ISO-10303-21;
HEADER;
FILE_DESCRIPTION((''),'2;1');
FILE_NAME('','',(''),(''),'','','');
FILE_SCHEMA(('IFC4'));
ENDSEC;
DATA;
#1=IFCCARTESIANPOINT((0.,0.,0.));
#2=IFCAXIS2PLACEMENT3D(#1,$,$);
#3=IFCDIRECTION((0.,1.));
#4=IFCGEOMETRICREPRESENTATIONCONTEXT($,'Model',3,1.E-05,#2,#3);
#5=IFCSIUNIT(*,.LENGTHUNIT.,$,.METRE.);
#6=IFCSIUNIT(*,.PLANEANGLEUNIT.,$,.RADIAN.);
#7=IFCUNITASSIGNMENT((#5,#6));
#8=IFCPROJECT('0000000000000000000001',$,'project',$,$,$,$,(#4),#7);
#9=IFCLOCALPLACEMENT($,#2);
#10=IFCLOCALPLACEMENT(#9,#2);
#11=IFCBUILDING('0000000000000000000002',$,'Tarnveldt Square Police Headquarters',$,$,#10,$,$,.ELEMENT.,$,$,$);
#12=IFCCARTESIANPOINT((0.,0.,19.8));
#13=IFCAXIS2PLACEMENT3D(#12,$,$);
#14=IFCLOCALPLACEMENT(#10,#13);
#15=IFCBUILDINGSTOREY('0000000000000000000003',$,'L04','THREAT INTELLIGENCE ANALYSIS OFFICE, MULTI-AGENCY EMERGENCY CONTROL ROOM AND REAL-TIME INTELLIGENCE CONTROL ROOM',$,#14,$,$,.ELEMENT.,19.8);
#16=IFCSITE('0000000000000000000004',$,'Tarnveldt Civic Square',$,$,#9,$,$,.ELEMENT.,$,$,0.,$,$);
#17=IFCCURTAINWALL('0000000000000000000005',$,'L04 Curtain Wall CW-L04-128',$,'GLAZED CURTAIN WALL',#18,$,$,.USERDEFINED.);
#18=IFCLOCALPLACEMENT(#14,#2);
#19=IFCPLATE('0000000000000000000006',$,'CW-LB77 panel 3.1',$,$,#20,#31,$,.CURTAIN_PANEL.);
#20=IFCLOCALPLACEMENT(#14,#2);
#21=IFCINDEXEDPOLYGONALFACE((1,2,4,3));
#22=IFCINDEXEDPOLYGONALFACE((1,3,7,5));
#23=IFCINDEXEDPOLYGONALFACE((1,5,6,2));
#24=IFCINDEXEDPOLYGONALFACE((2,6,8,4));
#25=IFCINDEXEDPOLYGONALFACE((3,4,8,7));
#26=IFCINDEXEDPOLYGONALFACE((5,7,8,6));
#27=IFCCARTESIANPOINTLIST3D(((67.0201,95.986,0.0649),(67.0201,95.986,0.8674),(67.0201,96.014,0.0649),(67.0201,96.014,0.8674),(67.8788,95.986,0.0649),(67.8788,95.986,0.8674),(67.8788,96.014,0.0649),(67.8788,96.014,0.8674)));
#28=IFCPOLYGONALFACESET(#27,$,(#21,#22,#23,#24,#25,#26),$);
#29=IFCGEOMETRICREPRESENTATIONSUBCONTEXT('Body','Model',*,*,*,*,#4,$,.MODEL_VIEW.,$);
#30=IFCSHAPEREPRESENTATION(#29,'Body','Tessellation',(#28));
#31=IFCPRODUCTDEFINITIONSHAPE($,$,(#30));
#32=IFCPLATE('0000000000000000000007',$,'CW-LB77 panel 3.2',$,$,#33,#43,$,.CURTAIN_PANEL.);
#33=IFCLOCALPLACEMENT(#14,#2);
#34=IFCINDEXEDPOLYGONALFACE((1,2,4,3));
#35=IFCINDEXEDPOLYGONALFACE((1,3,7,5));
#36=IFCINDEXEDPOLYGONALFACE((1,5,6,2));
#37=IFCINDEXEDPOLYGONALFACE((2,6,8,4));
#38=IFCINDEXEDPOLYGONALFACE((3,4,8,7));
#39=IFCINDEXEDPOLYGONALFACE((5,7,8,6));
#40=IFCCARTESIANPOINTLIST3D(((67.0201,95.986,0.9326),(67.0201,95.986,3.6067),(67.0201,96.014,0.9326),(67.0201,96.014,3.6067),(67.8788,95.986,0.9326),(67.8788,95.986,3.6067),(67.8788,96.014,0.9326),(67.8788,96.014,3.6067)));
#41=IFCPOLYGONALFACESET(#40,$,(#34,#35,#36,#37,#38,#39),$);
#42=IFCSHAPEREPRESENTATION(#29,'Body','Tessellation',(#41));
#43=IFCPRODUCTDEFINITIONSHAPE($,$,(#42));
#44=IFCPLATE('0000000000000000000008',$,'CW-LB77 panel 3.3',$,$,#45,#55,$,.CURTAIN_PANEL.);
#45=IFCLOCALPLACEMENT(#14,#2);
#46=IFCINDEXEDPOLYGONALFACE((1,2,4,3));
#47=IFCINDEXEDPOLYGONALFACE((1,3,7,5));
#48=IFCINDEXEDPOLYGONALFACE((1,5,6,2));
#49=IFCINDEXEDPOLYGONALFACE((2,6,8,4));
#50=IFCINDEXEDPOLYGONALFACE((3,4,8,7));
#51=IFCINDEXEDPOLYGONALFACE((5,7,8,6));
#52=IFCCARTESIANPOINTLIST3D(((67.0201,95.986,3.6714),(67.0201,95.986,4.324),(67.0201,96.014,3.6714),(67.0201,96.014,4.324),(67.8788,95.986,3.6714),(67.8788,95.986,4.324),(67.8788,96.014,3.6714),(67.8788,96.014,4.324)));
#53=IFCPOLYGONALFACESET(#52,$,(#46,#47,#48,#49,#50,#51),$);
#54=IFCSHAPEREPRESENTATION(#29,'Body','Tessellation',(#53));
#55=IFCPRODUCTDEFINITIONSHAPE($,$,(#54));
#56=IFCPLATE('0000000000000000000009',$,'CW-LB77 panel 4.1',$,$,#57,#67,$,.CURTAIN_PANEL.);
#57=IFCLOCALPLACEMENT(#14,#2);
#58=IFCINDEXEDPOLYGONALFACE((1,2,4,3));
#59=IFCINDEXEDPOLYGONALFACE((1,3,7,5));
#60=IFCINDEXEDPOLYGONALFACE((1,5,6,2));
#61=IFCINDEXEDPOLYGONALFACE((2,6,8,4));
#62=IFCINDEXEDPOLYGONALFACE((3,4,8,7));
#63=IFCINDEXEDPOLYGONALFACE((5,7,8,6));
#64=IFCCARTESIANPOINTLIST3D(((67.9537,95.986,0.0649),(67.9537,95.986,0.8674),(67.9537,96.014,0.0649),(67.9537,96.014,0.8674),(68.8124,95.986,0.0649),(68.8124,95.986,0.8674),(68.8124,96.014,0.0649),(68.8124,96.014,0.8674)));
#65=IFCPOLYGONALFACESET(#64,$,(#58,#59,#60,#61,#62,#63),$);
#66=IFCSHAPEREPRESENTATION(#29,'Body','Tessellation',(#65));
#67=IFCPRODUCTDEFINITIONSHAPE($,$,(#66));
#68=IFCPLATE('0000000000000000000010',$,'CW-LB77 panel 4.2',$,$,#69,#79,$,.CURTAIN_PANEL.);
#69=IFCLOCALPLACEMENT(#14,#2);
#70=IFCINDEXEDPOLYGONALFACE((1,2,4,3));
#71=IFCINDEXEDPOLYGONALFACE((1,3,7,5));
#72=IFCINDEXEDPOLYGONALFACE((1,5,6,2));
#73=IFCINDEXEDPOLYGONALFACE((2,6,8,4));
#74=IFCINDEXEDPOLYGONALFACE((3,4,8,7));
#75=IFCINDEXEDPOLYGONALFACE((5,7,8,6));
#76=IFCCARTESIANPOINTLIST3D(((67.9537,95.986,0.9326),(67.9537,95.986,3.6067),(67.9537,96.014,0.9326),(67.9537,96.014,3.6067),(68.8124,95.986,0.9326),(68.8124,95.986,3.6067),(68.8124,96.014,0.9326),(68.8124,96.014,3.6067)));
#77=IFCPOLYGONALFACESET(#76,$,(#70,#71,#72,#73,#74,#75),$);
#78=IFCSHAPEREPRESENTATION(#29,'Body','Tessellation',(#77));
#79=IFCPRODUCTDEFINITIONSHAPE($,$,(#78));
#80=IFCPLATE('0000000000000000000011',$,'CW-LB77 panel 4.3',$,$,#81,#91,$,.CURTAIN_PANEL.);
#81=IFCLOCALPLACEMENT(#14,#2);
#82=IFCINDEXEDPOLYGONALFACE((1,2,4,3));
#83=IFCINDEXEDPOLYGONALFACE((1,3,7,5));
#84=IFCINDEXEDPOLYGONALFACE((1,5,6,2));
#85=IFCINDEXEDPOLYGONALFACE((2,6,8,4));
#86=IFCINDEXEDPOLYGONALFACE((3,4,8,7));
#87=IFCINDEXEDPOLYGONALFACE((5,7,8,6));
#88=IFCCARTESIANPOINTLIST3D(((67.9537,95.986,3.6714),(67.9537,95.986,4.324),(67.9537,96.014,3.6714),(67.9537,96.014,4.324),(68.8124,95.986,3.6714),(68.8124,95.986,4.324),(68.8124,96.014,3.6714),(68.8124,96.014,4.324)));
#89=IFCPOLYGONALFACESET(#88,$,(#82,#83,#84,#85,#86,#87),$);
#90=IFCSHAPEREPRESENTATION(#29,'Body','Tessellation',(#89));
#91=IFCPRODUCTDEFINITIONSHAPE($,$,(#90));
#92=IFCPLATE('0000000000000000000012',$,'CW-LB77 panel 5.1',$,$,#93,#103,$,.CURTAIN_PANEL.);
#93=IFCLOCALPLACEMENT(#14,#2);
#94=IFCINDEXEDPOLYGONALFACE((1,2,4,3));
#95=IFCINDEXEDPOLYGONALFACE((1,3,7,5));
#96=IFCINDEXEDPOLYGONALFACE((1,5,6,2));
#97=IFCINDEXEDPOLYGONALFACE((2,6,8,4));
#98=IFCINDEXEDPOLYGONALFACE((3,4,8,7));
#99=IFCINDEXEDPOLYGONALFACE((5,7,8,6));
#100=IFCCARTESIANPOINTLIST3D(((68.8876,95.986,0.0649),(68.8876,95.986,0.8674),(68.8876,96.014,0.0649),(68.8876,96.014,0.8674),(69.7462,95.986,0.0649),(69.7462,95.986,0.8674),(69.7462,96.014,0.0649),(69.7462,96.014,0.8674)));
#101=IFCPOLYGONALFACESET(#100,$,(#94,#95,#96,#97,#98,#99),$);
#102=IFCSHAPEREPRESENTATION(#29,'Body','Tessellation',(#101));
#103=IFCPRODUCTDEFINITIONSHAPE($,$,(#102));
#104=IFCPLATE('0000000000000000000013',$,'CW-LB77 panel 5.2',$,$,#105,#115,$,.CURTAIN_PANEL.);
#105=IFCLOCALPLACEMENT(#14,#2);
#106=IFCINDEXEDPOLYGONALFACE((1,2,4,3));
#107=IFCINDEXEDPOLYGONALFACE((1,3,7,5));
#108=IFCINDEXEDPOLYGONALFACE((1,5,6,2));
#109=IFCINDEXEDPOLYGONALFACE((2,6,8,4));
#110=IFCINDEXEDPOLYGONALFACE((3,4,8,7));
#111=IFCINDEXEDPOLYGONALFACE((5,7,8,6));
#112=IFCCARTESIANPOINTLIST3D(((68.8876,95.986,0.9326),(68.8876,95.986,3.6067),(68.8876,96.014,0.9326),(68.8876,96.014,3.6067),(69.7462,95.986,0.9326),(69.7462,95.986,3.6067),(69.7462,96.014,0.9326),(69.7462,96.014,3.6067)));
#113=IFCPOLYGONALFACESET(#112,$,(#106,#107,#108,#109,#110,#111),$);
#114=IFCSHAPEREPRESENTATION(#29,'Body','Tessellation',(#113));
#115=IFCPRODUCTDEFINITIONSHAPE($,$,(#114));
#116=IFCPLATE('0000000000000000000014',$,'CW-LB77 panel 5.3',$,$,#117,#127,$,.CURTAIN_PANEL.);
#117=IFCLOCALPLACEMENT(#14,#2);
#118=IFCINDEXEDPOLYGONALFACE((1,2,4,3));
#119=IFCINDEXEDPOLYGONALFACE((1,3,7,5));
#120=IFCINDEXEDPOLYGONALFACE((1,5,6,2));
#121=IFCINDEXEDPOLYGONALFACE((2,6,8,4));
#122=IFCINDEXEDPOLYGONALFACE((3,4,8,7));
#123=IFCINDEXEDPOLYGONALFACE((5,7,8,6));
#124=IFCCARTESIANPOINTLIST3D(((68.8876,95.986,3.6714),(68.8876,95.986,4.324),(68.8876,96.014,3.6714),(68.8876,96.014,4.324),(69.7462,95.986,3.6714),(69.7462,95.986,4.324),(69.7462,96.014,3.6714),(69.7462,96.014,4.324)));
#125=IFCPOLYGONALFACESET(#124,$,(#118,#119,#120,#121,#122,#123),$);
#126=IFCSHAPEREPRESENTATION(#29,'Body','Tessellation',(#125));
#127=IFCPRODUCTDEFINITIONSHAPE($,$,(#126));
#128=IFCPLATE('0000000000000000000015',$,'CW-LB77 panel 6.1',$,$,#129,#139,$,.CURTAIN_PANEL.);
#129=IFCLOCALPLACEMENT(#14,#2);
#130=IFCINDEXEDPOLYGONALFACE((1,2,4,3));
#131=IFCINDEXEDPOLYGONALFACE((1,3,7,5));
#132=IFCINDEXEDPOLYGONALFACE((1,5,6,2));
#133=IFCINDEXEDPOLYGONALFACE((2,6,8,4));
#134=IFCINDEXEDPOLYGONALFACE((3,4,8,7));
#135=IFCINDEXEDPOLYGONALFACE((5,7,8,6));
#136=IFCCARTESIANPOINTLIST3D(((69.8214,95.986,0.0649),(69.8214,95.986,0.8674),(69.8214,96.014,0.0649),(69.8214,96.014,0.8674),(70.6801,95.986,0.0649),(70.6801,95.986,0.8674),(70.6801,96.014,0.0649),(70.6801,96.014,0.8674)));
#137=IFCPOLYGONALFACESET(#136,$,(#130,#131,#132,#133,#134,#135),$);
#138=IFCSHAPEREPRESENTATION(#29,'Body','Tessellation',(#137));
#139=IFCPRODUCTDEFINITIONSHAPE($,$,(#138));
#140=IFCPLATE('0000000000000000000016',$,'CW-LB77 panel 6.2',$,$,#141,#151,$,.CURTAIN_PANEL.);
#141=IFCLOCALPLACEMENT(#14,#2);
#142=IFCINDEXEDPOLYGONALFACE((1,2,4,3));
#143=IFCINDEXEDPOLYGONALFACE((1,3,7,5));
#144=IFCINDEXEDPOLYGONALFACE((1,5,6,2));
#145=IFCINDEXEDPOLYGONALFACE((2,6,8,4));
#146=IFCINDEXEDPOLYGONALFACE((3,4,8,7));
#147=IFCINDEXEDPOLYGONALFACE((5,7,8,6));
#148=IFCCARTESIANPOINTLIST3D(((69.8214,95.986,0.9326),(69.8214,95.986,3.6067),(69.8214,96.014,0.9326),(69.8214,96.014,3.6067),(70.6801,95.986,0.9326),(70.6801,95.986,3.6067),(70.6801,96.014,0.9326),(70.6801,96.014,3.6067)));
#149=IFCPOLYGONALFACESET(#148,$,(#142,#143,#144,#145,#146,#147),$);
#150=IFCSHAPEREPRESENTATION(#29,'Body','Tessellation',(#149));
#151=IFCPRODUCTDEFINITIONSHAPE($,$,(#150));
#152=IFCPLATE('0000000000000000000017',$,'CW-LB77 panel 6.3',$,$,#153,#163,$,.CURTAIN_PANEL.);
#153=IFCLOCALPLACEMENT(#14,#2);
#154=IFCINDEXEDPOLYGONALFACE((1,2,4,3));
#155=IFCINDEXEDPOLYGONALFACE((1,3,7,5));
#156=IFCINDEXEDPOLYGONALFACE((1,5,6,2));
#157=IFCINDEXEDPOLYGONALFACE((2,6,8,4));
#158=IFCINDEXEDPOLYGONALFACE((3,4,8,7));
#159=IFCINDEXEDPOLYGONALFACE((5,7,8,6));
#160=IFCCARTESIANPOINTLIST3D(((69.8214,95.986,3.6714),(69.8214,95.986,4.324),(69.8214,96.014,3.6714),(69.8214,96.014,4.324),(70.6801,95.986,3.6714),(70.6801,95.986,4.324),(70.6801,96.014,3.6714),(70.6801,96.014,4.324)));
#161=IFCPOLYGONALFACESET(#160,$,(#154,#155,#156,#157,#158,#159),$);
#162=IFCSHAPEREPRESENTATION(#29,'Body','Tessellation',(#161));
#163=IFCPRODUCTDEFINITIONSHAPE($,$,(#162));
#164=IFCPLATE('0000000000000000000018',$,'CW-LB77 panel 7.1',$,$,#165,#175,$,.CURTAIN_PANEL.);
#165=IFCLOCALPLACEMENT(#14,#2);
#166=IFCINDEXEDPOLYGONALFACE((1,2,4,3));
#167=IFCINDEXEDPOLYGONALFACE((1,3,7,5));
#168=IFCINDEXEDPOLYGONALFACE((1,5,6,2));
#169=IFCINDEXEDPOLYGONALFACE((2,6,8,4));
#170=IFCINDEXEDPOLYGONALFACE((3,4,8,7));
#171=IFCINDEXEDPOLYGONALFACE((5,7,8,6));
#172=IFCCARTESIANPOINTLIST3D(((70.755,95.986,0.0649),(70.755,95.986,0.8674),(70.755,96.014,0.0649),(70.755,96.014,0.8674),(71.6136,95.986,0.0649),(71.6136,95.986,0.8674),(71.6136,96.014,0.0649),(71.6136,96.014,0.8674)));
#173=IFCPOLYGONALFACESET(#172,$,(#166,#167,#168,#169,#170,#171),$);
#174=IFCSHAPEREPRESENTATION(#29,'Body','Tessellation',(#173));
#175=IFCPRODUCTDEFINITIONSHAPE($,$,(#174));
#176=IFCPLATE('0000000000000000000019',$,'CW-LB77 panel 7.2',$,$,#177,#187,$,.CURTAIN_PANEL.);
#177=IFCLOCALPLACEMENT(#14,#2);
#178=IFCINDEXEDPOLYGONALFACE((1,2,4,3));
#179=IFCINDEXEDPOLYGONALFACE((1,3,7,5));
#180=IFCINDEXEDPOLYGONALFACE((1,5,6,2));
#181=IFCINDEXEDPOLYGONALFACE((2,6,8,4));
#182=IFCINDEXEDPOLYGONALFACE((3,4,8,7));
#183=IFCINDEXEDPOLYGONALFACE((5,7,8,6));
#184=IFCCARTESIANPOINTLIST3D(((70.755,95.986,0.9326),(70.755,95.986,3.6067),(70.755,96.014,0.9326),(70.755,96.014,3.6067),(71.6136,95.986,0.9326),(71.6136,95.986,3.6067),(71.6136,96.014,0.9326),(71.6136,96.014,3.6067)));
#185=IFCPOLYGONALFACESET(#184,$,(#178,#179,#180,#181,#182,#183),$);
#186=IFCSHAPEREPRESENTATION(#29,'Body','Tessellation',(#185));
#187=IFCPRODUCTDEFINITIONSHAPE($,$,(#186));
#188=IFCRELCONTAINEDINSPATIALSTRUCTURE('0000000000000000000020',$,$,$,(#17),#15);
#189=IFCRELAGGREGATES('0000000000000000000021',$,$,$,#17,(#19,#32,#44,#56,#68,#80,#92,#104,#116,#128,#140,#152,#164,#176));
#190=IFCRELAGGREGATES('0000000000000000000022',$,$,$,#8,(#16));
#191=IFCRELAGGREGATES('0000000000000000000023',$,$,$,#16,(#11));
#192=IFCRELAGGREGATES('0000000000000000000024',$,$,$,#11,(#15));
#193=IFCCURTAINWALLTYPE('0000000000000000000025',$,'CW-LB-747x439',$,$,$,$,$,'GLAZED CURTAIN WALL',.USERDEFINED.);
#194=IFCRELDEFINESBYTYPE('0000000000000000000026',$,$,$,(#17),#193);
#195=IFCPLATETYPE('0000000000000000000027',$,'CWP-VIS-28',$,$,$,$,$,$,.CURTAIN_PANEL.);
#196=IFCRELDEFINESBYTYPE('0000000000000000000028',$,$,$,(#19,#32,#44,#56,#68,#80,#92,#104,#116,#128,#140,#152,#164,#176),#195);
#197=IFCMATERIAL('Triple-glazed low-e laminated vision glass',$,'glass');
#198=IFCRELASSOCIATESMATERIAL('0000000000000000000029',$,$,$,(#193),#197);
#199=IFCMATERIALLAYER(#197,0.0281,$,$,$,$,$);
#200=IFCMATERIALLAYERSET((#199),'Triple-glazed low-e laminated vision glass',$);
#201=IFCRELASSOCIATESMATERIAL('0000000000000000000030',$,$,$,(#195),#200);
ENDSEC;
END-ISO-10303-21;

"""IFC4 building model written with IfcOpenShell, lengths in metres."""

from ifc_helpers import new_model, si_unit, direction, frame, origin, origin_2d, place, context, subcontext, project, spatial, rectangle, extrude, material, layer, layer_set, type_object, element, aggregate, save


model = new_model("IFC4")

# Units and contexts
model_context = context("Model", 3, precision=1e-05, world=origin(), true_north=direction((0.0, 1.0)))
body_context = subcontext(model_context, "Body", "Model", "MODEL_VIEW")
ifc_project = project(units=[si_unit("LENGTHUNIT", "METRE"), si_unit("PLANEANGLEUNIT", "RADIAN")], contexts=[model_context])

# Site, building, storey
site_placement = place(None, origin())
site = spatial("IfcSite", under=ifc_project, at=site_placement, Name="Tarnveldt Civic Square", CompositionType="ELEMENT", RefElevation=0.0)
building_placement = place(site_placement, origin())
building = spatial("IfcBuilding", under=site, at=building_placement, Name="Tarnveldt Square Police Headquarters", CompositionType="ELEMENT")
storey_placement = place(building_placement, frame((0.0, 0.0, 19.8)))
storey = spatial("IfcBuildingStorey", under=building, at=storey_placement, Name="L04", Description="THREAT INTELLIGENCE ANALYSIS OFFICE, MULTI-AGENCY EMERGENCY CONTROL ROOM AND REAL-TIME INTELLIGENCE CONTROL ROOM", CompositionType="ELEMENT", Elevation=19.8)

# Curtain wall, plates
ifc_material_1 = material(Name="Triple-glazed low-e laminated vision glass", Category="glass")
curtain_wall_type = type_object("IfcCurtainWallType", Name="CW-LB-747x439", ElementType="GLAZED CURTAIN WALL", PredefinedType="USERDEFINED", material=ifc_material_1)
curtain_wall_placement = place(storey_placement, origin())
curtain_wall = element("IfcCurtainWall", 1, at=curtain_wall_placement, inside=storey, type_object=curtain_wall_type, Name="L04 Curtain Wall CW-L04-128", ObjectType="GLAZED CURTAIN WALL", PredefinedType="USERDEFINED")
ifc_layer = layer(ifc_material_1, 0.0281)
ifc_layer_set = layer_set([ifc_layer], Name="Triple-glazed low-e laminated vision glass")
plate_type = type_object("IfcPlateType", Name="CWP-VIS-28", PredefinedType="CURTAIN_PANEL", material=ifc_layer_set)
plate_1_placement = place(storey_placement, frame((67.4495, 96.0, 0.0649), z_axis=(0.0, 0.0, 1.0), x_axis=(1.0, 0.0, 0.0)))
plate_1 = element("IfcPlate", 2, at=plate_1_placement, type_object=plate_type, Name="CW-LB77 panel 3.1", PredefinedType="CURTAIN_PANEL", context=body_context, shape_type="SweptSolid", body=[
    extrude(rectangle(XDim=0.8586, YDim=0.0281, at=origin_2d()), origin(), (0.0, 0.0, 1.0), 0.8025),
])
plate_2_placement = place(storey_placement, frame((67.4495, 96.0, 0.9326), z_axis=(0.0, 0.0, 1.0), x_axis=(1.0, 0.0, 0.0)))
plate_2 = element("IfcPlate", 3, at=plate_2_placement, type_object=plate_type, Name="CW-LB77 panel 3.2", PredefinedType="CURTAIN_PANEL", context=body_context, shape_type="SweptSolid", body=[
    extrude(rectangle(XDim=0.8586, YDim=0.0281, at=origin_2d()), origin(), (0.0, 0.0, 1.0), 2.6741),
])
plate_3_placement = place(storey_placement, frame((67.4495, 96.0, 3.6714), z_axis=(0.0, 0.0, 1.0), x_axis=(1.0, 0.0, 0.0)))
plate_3 = element("IfcPlate", 4, at=plate_3_placement, type_object=plate_type, Name="CW-LB77 panel 3.3", PredefinedType="CURTAIN_PANEL", context=body_context, shape_type="SweptSolid", body=[
    extrude(rectangle(XDim=0.8586, YDim=0.0281, at=origin_2d()), origin(), (0.0, 0.0, 1.0), 0.6526),
])
plate_4_placement = place(storey_placement, frame((68.3831, 96.0, 0.0649), z_axis=(0.0, 0.0, 1.0), x_axis=(1.0, 0.0, 0.0)))
plate_4 = element("IfcPlate", 5, at=plate_4_placement, type_object=plate_type, Name="CW-LB77 panel 4.1", PredefinedType="CURTAIN_PANEL", context=body_context, shape_type="SweptSolid", body=[
    extrude(rectangle(XDim=0.8586, YDim=0.0281, at=origin_2d()), origin(), (0.0, 0.0, 1.0), 0.8025),
])
plate_5_placement = place(storey_placement, frame((68.3831, 96.0, 0.9326), z_axis=(0.0, 0.0, 1.0), x_axis=(1.0, 0.0, 0.0)))
plate_5 = element("IfcPlate", 6, at=plate_5_placement, type_object=plate_type, Name="CW-LB77 panel 4.2", PredefinedType="CURTAIN_PANEL", context=body_context, shape_type="SweptSolid", body=[
    extrude(rectangle(XDim=0.8586, YDim=0.0281, at=origin_2d()), origin(), (0.0, 0.0, 1.0), 2.6741),
])
plate_6_placement = place(storey_placement, frame((68.3831, 96.0, 3.6714), z_axis=(0.0, 0.0, 1.0), x_axis=(1.0, 0.0, 0.0)))
plate_6 = element("IfcPlate", 7, at=plate_6_placement, type_object=plate_type, Name="CW-LB77 panel 4.3", PredefinedType="CURTAIN_PANEL", context=body_context, shape_type="SweptSolid", body=[
    extrude(rectangle(XDim=0.8586, YDim=0.0281, at=origin_2d()), origin(), (0.0, 0.0, 1.0), 0.6526),
])
plate_7_placement = place(storey_placement, frame((69.3169, 96.0, 0.0649), z_axis=(0.0, 0.0, 1.0), x_axis=(1.0, 0.0, 0.0)))
plate_7 = element("IfcPlate", 8, at=plate_7_placement, type_object=plate_type, Name="CW-LB77 panel 5.1", PredefinedType="CURTAIN_PANEL", context=body_context, shape_type="SweptSolid", body=[
    extrude(rectangle(XDim=0.8586, YDim=0.0281, at=origin_2d()), origin(), (0.0, 0.0, 1.0), 0.8025),
])
plate_8_placement = place(storey_placement, frame((69.3169, 96.0, 0.9326), z_axis=(0.0, 0.0, 1.0), x_axis=(1.0, 0.0, 0.0)))
plate_8 = element("IfcPlate", 9, at=plate_8_placement, type_object=plate_type, Name="CW-LB77 panel 5.2", PredefinedType="CURTAIN_PANEL", context=body_context, shape_type="SweptSolid", body=[
    extrude(rectangle(XDim=0.8586, YDim=0.0281, at=origin_2d()), origin(), (0.0, 0.0, 1.0), 2.6741),
])
plate_9_placement = place(storey_placement, frame((69.3169, 96.0, 3.6714), z_axis=(0.0, 0.0, 1.0), x_axis=(1.0, 0.0, 0.0)))
plate_9 = element("IfcPlate", 10, at=plate_9_placement, type_object=plate_type, Name="CW-LB77 panel 5.3", PredefinedType="CURTAIN_PANEL", context=body_context, shape_type="SweptSolid", body=[
    extrude(rectangle(XDim=0.8586, YDim=0.0281, at=origin_2d()), origin(), (0.0, 0.0, 1.0), 0.6526),
])
plate_10_placement = place(storey_placement, frame((70.2507, 96.0, 0.0649), z_axis=(0.0, 0.0, 1.0), x_axis=(1.0, 0.0, 0.0)))
plate_10 = element("IfcPlate", 11, at=plate_10_placement, type_object=plate_type, Name="CW-LB77 panel 6.1", PredefinedType="CURTAIN_PANEL", context=body_context, shape_type="SweptSolid", body=[
    extrude(rectangle(XDim=0.8586, YDim=0.0281, at=origin_2d()), origin(), (0.0, 0.0, 1.0), 0.8025),
])
plate_11_placement = place(storey_placement, frame((70.2507, 96.0, 0.9326), z_axis=(0.0, 0.0, 1.0), x_axis=(1.0, 0.0, 0.0)))
plate_11 = element("IfcPlate", 12, at=plate_11_placement, type_object=plate_type, Name="CW-LB77 panel 6.2", PredefinedType="CURTAIN_PANEL", context=body_context, shape_type="SweptSolid", body=[
    extrude(rectangle(XDim=0.8586, YDim=0.0281, at=origin_2d()), origin(), (0.0, 0.0, 1.0), 2.6741),
])
plate_12_placement = place(storey_placement, frame((70.2507, 96.0, 3.6714), z_axis=(0.0, 0.0, 1.0), x_axis=(1.0, 0.0, 0.0)))
plate_12 = element("IfcPlate", 13, at=plate_12_placement, type_object=plate_type, Name="CW-LB77 panel 6.3", PredefinedType="CURTAIN_PANEL", context=body_context, shape_type="SweptSolid", body=[
    extrude(rectangle(XDim=0.8586, YDim=0.0281, at=origin_2d()), origin(), (0.0, 0.0, 1.0), 0.6526),
])
plate_13_placement = place(storey_placement, frame((71.1843, 96.0, 0.0649), z_axis=(0.0, 0.0, 1.0), x_axis=(1.0, 0.0, 0.0)))
plate_13 = element("IfcPlate", 14, at=plate_13_placement, type_object=plate_type, Name="CW-LB77 panel 7.1", PredefinedType="CURTAIN_PANEL", context=body_context, shape_type="SweptSolid", body=[
    extrude(rectangle(XDim=0.8586, YDim=0.0281, at=origin_2d()), origin(), (0.0, 0.0, 1.0), 0.8025),
])
plate_14_placement = place(storey_placement, frame((71.1843, 96.0, 0.9326), z_axis=(0.0, 0.0, 1.0), x_axis=(1.0, 0.0, 0.0)))
plate_14 = element("IfcPlate", 15, at=plate_14_placement, type_object=plate_type, Name="CW-LB77 panel 7.2", PredefinedType="CURTAIN_PANEL", context=body_context, shape_type="SweptSolid", body=[
    extrude(rectangle(XDim=0.8586, YDim=0.0281, at=origin_2d()), origin(), (0.0, 0.0, 1.0), 2.6741),
])
aggregate(curtain_wall, [plate_1, plate_2, plate_3, plate_4, plate_5, plate_6, plate_7, plate_8, plate_9, plate_10, plate_11, plate_12, plate_13, plate_14])

save(model, "model.ifc")
